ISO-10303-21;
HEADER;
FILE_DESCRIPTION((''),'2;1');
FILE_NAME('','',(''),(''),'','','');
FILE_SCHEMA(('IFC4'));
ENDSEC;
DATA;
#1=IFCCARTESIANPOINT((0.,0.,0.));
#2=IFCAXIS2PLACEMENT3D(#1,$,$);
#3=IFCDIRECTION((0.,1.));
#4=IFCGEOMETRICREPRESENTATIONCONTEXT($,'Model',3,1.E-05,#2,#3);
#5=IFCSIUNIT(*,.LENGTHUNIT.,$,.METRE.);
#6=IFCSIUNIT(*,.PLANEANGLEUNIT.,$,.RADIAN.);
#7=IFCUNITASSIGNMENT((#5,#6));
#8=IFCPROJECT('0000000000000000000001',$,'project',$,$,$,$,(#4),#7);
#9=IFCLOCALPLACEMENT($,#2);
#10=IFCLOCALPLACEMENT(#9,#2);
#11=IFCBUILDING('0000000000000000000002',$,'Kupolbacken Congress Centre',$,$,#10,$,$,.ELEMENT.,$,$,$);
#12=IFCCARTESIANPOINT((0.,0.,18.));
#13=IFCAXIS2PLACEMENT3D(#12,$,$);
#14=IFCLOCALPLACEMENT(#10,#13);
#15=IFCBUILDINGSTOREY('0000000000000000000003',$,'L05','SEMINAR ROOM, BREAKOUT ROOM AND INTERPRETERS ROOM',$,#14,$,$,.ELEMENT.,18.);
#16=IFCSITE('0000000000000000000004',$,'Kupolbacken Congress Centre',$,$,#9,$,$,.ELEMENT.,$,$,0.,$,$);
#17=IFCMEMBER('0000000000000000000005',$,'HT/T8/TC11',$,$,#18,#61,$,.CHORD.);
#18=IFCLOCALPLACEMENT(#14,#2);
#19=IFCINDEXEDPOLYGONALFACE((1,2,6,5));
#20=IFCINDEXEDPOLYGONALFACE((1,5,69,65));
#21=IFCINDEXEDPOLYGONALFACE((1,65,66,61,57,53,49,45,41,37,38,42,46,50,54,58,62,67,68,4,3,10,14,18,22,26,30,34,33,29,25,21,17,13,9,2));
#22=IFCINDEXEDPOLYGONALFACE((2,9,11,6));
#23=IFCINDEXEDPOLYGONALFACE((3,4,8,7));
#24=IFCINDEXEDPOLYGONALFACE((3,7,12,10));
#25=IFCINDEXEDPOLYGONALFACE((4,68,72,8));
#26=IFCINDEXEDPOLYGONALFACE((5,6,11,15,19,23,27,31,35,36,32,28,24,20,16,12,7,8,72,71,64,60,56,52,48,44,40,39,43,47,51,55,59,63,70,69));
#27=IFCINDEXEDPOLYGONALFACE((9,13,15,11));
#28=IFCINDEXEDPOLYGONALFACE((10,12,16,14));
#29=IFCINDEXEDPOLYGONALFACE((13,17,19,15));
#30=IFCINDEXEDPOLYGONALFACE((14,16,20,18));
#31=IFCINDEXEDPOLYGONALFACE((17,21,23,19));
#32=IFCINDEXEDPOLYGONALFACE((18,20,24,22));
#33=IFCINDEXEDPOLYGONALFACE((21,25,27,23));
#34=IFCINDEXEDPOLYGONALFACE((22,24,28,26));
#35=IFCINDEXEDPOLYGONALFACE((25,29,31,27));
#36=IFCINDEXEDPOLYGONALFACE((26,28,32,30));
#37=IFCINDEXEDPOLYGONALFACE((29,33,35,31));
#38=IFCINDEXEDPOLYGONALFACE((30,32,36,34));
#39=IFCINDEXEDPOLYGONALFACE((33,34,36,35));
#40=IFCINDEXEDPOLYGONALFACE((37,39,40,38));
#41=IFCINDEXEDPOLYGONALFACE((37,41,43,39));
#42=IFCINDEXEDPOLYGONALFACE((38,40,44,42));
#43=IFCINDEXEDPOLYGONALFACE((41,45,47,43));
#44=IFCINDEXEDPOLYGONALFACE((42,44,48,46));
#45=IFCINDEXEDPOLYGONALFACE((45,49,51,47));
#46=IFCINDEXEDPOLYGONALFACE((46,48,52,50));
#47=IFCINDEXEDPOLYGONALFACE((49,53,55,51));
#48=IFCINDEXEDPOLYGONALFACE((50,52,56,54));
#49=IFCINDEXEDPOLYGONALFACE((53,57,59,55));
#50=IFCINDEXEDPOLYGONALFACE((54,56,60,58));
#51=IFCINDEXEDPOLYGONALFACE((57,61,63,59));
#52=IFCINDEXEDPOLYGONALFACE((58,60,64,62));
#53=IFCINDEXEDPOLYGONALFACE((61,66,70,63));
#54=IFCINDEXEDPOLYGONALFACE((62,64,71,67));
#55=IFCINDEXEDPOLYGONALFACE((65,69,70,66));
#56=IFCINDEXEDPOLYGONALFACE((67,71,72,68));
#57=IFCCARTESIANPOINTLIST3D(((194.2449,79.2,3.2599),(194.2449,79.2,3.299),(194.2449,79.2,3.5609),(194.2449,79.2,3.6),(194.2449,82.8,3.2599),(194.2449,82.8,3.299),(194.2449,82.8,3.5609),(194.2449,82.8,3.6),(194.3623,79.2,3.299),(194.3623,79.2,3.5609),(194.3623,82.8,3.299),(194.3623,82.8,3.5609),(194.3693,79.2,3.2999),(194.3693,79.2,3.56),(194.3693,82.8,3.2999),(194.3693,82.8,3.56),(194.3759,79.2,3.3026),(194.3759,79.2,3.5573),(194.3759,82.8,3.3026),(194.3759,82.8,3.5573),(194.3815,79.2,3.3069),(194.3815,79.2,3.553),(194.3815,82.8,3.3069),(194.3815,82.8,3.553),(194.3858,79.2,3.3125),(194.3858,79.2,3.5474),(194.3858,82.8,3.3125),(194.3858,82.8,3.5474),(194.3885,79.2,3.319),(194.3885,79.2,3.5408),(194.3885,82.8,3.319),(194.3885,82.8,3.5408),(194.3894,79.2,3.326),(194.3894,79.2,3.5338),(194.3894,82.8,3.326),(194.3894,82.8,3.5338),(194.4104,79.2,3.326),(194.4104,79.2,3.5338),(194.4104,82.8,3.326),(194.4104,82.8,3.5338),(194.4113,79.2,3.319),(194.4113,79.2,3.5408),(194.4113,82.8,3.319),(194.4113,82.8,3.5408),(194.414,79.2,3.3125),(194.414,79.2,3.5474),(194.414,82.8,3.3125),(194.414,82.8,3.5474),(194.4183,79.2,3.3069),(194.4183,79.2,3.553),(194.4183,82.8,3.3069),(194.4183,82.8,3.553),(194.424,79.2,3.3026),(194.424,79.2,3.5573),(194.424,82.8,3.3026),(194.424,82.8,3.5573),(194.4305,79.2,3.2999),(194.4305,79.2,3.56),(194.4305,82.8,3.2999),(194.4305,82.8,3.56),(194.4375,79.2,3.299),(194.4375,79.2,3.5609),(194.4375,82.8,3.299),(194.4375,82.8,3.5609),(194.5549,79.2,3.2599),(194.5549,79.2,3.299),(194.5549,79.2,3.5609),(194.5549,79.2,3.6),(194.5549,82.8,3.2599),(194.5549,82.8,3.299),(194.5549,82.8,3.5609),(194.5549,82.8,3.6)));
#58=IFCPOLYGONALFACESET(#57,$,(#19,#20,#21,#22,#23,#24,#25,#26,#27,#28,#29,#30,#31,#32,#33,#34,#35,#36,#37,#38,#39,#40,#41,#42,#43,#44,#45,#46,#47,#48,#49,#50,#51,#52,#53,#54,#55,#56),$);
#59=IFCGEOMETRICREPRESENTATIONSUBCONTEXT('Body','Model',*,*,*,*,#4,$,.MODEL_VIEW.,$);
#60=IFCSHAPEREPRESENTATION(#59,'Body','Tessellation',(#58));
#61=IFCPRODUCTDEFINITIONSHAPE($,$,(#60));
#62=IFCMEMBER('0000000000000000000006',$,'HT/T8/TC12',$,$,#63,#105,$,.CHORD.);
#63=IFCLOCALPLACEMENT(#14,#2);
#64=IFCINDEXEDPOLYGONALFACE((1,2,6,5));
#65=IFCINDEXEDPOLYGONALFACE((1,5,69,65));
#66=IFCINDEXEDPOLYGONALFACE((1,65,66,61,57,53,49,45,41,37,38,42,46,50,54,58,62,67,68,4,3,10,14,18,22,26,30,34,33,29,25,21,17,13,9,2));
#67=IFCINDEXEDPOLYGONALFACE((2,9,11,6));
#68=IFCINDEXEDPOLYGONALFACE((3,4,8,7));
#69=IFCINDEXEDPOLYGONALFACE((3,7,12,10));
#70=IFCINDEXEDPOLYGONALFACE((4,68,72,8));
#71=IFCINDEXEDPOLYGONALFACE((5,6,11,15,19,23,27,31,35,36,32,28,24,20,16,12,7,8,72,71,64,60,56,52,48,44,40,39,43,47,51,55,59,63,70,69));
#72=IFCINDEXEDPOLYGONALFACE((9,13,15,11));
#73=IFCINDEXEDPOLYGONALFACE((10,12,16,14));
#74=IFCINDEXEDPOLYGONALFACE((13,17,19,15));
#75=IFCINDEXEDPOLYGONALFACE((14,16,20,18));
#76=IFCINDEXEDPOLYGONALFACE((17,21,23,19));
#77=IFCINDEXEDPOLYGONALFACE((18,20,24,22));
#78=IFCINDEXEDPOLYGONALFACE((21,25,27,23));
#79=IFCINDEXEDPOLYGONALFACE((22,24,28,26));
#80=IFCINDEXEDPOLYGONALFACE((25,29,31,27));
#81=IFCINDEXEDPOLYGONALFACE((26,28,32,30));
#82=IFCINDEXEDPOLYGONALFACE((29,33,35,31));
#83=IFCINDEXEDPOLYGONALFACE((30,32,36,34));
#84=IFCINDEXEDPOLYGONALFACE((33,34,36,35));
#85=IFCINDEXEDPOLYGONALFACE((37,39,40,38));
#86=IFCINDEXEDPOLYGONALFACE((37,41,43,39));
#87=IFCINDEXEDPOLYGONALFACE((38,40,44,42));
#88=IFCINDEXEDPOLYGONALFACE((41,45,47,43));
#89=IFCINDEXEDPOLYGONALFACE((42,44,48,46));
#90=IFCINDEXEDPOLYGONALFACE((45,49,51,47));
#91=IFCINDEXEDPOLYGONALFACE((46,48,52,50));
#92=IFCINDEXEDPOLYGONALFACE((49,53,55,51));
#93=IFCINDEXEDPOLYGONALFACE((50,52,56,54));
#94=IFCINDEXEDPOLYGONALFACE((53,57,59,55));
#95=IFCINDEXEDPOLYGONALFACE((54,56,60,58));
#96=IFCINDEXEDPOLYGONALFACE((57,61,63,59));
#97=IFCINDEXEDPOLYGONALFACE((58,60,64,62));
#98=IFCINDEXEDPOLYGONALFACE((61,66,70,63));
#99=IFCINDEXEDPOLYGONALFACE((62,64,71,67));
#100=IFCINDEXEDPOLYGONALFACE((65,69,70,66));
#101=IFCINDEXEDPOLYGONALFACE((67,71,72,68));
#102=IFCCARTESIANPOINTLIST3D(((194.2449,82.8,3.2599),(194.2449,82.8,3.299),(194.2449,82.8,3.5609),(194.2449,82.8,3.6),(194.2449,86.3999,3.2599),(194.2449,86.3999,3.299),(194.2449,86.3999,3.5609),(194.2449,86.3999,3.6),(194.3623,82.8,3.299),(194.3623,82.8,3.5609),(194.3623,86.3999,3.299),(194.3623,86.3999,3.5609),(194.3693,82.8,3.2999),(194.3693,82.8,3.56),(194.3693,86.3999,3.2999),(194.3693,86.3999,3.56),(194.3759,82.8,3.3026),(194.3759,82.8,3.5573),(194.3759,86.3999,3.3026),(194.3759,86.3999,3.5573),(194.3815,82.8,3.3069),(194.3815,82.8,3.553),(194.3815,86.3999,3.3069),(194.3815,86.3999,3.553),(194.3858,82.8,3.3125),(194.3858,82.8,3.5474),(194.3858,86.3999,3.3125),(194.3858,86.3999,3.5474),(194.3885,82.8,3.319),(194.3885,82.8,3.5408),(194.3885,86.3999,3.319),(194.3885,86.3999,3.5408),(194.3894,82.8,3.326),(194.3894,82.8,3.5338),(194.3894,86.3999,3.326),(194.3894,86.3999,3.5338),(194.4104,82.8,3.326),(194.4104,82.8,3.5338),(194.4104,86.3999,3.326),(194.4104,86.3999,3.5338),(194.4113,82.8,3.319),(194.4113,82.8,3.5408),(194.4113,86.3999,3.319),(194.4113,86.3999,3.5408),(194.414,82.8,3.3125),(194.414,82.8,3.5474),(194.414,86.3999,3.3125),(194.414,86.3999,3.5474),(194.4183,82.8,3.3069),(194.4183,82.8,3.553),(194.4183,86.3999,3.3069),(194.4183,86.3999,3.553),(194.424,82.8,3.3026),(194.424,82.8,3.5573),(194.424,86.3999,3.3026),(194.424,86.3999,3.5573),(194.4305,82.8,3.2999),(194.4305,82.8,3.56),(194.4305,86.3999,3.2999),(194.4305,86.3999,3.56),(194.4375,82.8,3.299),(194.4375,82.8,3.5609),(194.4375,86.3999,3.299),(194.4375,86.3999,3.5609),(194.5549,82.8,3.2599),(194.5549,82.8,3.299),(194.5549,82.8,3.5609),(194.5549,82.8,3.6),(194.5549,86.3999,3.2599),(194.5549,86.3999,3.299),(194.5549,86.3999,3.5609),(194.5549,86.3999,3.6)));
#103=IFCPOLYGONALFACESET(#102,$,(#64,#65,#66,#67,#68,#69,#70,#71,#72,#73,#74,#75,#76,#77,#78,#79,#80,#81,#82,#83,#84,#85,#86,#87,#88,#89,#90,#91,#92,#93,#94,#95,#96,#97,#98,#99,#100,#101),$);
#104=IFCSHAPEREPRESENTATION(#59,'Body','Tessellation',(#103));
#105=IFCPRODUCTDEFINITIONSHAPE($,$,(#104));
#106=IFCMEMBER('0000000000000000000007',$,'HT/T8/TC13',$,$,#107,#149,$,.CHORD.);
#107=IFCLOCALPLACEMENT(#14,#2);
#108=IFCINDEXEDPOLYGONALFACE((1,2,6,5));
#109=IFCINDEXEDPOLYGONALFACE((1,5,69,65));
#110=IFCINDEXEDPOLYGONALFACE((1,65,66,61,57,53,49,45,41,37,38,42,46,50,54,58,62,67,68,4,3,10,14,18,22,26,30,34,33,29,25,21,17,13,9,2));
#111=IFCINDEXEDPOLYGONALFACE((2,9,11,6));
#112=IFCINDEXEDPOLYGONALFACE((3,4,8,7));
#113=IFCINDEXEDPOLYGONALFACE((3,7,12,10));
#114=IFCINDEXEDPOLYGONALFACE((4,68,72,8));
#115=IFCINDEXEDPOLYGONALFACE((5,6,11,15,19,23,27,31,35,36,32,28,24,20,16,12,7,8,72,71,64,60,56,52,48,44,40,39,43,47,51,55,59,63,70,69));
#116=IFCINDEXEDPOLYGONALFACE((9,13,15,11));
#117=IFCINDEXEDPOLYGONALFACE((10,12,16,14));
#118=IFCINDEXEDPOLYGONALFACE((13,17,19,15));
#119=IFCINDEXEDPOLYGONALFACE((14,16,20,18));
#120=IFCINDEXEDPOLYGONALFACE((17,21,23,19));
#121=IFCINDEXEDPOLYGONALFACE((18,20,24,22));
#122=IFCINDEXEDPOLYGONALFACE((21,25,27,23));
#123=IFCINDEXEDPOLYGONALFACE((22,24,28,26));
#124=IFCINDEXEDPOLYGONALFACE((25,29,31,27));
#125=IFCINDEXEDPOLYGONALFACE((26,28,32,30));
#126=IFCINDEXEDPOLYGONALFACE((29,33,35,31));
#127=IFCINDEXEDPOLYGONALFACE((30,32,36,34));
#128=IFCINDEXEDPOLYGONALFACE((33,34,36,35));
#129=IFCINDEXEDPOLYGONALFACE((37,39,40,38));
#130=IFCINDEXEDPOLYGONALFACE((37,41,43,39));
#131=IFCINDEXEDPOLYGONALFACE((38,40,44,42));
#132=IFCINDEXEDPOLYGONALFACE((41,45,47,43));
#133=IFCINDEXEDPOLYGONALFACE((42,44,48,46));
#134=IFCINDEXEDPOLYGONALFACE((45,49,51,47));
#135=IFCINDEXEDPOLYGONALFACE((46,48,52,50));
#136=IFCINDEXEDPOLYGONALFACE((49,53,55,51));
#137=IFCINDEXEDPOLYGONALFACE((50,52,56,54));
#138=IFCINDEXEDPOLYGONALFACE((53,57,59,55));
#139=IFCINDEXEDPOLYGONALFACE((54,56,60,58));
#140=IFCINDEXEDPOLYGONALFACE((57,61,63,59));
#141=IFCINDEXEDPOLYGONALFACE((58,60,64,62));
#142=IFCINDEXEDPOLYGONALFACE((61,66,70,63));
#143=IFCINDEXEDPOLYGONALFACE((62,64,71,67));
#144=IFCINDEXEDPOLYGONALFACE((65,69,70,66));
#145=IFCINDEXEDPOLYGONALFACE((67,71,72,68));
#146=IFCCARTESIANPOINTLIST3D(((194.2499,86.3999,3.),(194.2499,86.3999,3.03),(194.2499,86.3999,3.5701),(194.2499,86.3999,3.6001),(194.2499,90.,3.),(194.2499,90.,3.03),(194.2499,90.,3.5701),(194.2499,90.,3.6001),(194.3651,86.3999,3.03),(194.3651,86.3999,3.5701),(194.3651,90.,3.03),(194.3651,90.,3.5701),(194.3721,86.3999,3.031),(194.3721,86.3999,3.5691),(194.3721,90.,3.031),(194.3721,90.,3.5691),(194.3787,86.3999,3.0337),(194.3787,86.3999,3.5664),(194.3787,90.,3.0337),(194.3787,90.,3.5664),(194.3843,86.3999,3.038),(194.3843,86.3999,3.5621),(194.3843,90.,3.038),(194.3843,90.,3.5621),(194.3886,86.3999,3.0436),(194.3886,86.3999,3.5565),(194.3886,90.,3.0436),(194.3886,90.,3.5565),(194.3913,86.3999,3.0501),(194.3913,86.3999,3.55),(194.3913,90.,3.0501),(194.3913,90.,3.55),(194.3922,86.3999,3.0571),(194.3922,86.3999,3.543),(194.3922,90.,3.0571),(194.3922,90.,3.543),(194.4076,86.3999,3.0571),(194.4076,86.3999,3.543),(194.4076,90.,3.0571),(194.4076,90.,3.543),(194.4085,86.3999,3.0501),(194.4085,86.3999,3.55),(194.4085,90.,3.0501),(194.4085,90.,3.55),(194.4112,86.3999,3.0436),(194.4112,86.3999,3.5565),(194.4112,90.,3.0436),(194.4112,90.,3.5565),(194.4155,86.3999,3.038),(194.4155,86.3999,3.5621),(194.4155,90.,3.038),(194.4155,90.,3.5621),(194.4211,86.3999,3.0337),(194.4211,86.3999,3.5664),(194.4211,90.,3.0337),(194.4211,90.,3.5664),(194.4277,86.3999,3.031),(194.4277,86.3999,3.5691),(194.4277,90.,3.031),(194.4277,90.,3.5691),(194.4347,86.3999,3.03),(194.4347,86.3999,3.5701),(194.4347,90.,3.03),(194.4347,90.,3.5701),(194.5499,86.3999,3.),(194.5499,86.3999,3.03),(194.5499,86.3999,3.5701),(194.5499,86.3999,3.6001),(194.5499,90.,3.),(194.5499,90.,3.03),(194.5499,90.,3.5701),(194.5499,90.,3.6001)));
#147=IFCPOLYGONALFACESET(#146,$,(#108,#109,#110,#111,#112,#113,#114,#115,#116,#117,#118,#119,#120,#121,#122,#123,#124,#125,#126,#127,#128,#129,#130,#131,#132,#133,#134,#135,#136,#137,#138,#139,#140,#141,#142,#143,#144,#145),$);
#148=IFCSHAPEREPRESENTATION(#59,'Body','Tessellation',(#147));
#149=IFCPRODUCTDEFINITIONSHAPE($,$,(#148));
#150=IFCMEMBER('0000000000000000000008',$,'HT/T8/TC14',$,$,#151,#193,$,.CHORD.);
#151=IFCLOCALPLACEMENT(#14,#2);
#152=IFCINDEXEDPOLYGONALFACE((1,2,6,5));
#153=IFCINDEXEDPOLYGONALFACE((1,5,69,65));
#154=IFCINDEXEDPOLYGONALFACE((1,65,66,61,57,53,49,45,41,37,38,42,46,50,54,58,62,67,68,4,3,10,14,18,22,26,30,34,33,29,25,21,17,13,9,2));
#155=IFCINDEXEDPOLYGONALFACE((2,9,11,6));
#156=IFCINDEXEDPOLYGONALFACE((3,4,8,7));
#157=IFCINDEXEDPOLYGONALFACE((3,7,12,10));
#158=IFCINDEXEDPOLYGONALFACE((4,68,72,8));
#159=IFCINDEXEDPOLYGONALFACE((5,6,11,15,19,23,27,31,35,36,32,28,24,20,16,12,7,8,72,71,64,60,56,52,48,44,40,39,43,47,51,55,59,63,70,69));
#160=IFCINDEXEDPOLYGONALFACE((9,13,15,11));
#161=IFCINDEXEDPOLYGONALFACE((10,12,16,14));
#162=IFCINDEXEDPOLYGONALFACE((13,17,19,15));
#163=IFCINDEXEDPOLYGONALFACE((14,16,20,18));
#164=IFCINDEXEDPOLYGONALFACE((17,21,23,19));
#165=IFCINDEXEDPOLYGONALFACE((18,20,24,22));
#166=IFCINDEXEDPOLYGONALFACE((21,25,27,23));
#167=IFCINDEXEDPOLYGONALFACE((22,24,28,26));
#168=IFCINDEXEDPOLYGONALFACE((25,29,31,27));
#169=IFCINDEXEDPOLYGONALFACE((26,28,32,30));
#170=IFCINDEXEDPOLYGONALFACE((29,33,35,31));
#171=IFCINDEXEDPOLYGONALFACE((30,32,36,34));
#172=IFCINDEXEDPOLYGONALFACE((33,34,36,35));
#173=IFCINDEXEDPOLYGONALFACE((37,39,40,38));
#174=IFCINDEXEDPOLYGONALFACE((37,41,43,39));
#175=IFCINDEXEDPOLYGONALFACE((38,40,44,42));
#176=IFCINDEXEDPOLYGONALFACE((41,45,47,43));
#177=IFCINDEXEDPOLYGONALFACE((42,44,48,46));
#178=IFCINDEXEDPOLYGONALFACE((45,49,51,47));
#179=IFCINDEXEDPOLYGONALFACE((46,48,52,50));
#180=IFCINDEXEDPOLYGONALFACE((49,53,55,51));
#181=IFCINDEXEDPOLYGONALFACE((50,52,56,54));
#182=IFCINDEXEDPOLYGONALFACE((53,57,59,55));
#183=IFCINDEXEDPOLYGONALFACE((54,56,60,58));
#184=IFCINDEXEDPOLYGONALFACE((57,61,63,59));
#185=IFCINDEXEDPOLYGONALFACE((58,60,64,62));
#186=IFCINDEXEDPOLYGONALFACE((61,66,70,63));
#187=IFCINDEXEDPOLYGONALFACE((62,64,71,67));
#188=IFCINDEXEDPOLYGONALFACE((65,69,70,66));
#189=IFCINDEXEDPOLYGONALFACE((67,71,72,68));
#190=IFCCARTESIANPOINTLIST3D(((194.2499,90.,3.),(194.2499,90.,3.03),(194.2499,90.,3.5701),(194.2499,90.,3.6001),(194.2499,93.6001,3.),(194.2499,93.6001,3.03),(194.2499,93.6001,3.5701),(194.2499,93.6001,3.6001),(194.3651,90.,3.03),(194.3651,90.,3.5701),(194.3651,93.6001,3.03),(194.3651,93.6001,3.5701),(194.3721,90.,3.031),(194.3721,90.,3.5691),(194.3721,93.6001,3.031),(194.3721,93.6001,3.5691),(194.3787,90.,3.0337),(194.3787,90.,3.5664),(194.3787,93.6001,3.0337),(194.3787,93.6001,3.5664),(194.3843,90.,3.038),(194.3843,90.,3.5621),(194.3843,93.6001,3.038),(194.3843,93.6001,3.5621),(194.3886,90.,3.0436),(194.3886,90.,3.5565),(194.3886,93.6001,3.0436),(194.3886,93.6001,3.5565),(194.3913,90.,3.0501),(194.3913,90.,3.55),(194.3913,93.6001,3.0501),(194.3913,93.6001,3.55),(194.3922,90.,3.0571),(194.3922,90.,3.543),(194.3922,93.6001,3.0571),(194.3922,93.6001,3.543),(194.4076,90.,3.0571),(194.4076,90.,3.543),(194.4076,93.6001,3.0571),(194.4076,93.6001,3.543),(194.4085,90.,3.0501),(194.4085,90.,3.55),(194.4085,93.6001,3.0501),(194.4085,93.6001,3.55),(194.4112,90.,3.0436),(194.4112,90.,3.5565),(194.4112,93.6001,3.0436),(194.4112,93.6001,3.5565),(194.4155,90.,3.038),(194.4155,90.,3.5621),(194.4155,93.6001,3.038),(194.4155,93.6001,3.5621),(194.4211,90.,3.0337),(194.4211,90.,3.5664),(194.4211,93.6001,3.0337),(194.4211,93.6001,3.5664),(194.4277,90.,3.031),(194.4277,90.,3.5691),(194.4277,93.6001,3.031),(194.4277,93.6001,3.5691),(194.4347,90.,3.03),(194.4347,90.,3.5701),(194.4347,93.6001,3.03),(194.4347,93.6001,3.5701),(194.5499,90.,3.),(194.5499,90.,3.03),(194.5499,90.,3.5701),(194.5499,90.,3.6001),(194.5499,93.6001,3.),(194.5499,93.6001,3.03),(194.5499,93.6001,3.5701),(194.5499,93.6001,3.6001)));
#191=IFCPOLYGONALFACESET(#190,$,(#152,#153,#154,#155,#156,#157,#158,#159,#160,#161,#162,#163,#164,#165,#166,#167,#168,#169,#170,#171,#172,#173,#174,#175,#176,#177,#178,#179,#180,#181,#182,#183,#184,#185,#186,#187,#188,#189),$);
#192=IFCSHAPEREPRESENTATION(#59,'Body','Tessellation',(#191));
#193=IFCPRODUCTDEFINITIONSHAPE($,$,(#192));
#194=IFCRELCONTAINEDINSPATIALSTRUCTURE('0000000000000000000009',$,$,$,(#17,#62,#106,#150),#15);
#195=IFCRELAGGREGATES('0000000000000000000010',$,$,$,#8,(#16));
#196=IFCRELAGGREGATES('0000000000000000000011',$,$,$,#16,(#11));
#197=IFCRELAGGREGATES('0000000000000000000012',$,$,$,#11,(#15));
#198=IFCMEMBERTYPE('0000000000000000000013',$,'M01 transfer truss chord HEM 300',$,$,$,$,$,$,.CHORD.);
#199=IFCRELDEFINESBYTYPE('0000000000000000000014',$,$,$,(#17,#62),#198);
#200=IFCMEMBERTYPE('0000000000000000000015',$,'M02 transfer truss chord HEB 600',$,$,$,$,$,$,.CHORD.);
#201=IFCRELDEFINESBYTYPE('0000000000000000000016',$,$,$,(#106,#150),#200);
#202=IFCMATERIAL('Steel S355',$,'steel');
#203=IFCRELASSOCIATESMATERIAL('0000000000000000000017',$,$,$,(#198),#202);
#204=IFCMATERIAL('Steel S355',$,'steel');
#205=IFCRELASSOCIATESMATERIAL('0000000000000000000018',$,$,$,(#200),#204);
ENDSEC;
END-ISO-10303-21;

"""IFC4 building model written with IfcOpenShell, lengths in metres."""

from ifc_helpers import new_model, si_unit, direction, frame, origin, origin_2d, place, context, subcontext, project, spatial, i_section, extrude, material, material_profile, profile_set, type_object, element, save


model = new_model("IFC4")

# Units and contexts
model_context = context("Model", 3, precision=1e-05, world=origin(), true_north=direction((0.0, 1.0)))
body_context = subcontext(model_context, "Body", "Model", "MODEL_VIEW")
ifc_project = project(units=[si_unit("LENGTHUNIT", "METRE"), si_unit("PLANEANGLEUNIT", "RADIAN")], contexts=[model_context])

# Site, building, storey
site_placement = place(None, origin())
site = spatial("IfcSite", under=ifc_project, at=site_placement, Name="Kupolbacken Congress Centre", CompositionType="ELEMENT", RefElevation=0.0)
building_placement = place(site_placement, origin())
building = spatial("IfcBuilding", under=site, at=building_placement, Name="Kupolbacken Congress Centre", CompositionType="ELEMENT")
storey_placement = place(building_placement, frame((0.0, 0.0, 18.0)))
storey = spatial("IfcBuildingStorey", under=building, at=storey_placement, Name="L05", Description="SEMINAR ROOM, BREAKOUT ROOM AND INTERPRETERS ROOM", CompositionType="ELEMENT", Elevation=18.0)

# Members
ifc_material_1 = material(Name="Steel S355", Category="steel")
ifc_material_profile_1 = material_profile(ifc_material_1, i_section(OverallWidth=0.3101, OverallDepth=0.3401, WebThickness=0.021, FlangeThickness=0.0391, FilletRadius=0.0271, at=origin_2d()), Name="HEM 300")
ifc_profile_set_1 = profile_set([ifc_material_profile_1], Name="Steel S355")
member_type_1 = type_object("IfcMemberType", Name="M01 transfer truss chord HEM 300", PredefinedType="CHORD", material=ifc_profile_set_1)
member_1_placement = place(storey_placement, frame((194.3999, 79.2, 3.4299), z_axis=(0.0, 1.0, 0.0), x_axis=(-1.0, 0.0, 0.0)))
element("IfcMember", 1, at=member_1_placement, inside=storey, type_object=member_type_1, Name="HT/T8/TC11", PredefinedType="CHORD", context=body_context, shape_type="SweptSolid", body=[
    extrude(i_section(OverallWidth=0.3101, OverallDepth=0.3401, WebThickness=0.021, FlangeThickness=0.0391, FilletRadius=0.0271, at=origin_2d()), origin(), (0.0, 0.0, 1.0), 3.6001),
])
member_2_placement = place(storey_placement, frame((194.3999, 82.8, 3.4299), z_axis=(0.0, 1.0, 0.0), x_axis=(-1.0, 0.0, 0.0)))
element("IfcMember", 2, at=member_2_placement, inside=storey, type_object=member_type_1, Name="HT/T8/TC12", PredefinedType="CHORD", context=body_context, shape_type="SweptSolid", body=[
    extrude(i_section(OverallWidth=0.3101, OverallDepth=0.3401, WebThickness=0.021, FlangeThickness=0.0391, FilletRadius=0.0271, at=origin_2d()), origin(), (0.0, 0.0, 1.0), 3.5999),
])
ifc_material_2 = material(Name="Steel S355", Category="steel")
ifc_material_profile_2 = material_profile(ifc_material_2, i_section(OverallWidth=0.3, OverallDepth=0.6001, WebThickness=0.0154, FlangeThickness=0.03, FilletRadius=0.0271, at=origin_2d()), Name="HEB 600")
ifc_profile_set_2 = profile_set([ifc_material_profile_2], Name="Steel S355")
member_type_2 = type_object("IfcMemberType", Name="M02 transfer truss chord HEB 600", PredefinedType="CHORD", material=ifc_profile_set_2)
for number, where, z_axis, x_axis, name in (
    (3, (194.3999, 86.3999, 3.3), (0.0, 1.0, 0.0), (-1.0, 0.0, 0.0), "HT/T8/TC13"),
    (4, (194.3999, 90.0, 3.3), (0.0, 1.0, 0.0), (-1.0, 0.0, 0.0), "HT/T8/TC14"),
):
    element("IfcMember", number, at=place(storey_placement, frame(where, z_axis=z_axis, x_axis=x_axis)), inside=storey, type_object=member_type_2, Name=name, PredefinedType="CHORD", context=body_context, shape_type="SweptSolid", body=[
        extrude(i_section(OverallWidth=0.3, OverallDepth=0.6001, WebThickness=0.0154, FlangeThickness=0.03, FilletRadius=0.0271, at=origin_2d()), origin(), (0.0, 0.0, 1.0), 3.6001),
    ])

save(model, "model.ifc")
